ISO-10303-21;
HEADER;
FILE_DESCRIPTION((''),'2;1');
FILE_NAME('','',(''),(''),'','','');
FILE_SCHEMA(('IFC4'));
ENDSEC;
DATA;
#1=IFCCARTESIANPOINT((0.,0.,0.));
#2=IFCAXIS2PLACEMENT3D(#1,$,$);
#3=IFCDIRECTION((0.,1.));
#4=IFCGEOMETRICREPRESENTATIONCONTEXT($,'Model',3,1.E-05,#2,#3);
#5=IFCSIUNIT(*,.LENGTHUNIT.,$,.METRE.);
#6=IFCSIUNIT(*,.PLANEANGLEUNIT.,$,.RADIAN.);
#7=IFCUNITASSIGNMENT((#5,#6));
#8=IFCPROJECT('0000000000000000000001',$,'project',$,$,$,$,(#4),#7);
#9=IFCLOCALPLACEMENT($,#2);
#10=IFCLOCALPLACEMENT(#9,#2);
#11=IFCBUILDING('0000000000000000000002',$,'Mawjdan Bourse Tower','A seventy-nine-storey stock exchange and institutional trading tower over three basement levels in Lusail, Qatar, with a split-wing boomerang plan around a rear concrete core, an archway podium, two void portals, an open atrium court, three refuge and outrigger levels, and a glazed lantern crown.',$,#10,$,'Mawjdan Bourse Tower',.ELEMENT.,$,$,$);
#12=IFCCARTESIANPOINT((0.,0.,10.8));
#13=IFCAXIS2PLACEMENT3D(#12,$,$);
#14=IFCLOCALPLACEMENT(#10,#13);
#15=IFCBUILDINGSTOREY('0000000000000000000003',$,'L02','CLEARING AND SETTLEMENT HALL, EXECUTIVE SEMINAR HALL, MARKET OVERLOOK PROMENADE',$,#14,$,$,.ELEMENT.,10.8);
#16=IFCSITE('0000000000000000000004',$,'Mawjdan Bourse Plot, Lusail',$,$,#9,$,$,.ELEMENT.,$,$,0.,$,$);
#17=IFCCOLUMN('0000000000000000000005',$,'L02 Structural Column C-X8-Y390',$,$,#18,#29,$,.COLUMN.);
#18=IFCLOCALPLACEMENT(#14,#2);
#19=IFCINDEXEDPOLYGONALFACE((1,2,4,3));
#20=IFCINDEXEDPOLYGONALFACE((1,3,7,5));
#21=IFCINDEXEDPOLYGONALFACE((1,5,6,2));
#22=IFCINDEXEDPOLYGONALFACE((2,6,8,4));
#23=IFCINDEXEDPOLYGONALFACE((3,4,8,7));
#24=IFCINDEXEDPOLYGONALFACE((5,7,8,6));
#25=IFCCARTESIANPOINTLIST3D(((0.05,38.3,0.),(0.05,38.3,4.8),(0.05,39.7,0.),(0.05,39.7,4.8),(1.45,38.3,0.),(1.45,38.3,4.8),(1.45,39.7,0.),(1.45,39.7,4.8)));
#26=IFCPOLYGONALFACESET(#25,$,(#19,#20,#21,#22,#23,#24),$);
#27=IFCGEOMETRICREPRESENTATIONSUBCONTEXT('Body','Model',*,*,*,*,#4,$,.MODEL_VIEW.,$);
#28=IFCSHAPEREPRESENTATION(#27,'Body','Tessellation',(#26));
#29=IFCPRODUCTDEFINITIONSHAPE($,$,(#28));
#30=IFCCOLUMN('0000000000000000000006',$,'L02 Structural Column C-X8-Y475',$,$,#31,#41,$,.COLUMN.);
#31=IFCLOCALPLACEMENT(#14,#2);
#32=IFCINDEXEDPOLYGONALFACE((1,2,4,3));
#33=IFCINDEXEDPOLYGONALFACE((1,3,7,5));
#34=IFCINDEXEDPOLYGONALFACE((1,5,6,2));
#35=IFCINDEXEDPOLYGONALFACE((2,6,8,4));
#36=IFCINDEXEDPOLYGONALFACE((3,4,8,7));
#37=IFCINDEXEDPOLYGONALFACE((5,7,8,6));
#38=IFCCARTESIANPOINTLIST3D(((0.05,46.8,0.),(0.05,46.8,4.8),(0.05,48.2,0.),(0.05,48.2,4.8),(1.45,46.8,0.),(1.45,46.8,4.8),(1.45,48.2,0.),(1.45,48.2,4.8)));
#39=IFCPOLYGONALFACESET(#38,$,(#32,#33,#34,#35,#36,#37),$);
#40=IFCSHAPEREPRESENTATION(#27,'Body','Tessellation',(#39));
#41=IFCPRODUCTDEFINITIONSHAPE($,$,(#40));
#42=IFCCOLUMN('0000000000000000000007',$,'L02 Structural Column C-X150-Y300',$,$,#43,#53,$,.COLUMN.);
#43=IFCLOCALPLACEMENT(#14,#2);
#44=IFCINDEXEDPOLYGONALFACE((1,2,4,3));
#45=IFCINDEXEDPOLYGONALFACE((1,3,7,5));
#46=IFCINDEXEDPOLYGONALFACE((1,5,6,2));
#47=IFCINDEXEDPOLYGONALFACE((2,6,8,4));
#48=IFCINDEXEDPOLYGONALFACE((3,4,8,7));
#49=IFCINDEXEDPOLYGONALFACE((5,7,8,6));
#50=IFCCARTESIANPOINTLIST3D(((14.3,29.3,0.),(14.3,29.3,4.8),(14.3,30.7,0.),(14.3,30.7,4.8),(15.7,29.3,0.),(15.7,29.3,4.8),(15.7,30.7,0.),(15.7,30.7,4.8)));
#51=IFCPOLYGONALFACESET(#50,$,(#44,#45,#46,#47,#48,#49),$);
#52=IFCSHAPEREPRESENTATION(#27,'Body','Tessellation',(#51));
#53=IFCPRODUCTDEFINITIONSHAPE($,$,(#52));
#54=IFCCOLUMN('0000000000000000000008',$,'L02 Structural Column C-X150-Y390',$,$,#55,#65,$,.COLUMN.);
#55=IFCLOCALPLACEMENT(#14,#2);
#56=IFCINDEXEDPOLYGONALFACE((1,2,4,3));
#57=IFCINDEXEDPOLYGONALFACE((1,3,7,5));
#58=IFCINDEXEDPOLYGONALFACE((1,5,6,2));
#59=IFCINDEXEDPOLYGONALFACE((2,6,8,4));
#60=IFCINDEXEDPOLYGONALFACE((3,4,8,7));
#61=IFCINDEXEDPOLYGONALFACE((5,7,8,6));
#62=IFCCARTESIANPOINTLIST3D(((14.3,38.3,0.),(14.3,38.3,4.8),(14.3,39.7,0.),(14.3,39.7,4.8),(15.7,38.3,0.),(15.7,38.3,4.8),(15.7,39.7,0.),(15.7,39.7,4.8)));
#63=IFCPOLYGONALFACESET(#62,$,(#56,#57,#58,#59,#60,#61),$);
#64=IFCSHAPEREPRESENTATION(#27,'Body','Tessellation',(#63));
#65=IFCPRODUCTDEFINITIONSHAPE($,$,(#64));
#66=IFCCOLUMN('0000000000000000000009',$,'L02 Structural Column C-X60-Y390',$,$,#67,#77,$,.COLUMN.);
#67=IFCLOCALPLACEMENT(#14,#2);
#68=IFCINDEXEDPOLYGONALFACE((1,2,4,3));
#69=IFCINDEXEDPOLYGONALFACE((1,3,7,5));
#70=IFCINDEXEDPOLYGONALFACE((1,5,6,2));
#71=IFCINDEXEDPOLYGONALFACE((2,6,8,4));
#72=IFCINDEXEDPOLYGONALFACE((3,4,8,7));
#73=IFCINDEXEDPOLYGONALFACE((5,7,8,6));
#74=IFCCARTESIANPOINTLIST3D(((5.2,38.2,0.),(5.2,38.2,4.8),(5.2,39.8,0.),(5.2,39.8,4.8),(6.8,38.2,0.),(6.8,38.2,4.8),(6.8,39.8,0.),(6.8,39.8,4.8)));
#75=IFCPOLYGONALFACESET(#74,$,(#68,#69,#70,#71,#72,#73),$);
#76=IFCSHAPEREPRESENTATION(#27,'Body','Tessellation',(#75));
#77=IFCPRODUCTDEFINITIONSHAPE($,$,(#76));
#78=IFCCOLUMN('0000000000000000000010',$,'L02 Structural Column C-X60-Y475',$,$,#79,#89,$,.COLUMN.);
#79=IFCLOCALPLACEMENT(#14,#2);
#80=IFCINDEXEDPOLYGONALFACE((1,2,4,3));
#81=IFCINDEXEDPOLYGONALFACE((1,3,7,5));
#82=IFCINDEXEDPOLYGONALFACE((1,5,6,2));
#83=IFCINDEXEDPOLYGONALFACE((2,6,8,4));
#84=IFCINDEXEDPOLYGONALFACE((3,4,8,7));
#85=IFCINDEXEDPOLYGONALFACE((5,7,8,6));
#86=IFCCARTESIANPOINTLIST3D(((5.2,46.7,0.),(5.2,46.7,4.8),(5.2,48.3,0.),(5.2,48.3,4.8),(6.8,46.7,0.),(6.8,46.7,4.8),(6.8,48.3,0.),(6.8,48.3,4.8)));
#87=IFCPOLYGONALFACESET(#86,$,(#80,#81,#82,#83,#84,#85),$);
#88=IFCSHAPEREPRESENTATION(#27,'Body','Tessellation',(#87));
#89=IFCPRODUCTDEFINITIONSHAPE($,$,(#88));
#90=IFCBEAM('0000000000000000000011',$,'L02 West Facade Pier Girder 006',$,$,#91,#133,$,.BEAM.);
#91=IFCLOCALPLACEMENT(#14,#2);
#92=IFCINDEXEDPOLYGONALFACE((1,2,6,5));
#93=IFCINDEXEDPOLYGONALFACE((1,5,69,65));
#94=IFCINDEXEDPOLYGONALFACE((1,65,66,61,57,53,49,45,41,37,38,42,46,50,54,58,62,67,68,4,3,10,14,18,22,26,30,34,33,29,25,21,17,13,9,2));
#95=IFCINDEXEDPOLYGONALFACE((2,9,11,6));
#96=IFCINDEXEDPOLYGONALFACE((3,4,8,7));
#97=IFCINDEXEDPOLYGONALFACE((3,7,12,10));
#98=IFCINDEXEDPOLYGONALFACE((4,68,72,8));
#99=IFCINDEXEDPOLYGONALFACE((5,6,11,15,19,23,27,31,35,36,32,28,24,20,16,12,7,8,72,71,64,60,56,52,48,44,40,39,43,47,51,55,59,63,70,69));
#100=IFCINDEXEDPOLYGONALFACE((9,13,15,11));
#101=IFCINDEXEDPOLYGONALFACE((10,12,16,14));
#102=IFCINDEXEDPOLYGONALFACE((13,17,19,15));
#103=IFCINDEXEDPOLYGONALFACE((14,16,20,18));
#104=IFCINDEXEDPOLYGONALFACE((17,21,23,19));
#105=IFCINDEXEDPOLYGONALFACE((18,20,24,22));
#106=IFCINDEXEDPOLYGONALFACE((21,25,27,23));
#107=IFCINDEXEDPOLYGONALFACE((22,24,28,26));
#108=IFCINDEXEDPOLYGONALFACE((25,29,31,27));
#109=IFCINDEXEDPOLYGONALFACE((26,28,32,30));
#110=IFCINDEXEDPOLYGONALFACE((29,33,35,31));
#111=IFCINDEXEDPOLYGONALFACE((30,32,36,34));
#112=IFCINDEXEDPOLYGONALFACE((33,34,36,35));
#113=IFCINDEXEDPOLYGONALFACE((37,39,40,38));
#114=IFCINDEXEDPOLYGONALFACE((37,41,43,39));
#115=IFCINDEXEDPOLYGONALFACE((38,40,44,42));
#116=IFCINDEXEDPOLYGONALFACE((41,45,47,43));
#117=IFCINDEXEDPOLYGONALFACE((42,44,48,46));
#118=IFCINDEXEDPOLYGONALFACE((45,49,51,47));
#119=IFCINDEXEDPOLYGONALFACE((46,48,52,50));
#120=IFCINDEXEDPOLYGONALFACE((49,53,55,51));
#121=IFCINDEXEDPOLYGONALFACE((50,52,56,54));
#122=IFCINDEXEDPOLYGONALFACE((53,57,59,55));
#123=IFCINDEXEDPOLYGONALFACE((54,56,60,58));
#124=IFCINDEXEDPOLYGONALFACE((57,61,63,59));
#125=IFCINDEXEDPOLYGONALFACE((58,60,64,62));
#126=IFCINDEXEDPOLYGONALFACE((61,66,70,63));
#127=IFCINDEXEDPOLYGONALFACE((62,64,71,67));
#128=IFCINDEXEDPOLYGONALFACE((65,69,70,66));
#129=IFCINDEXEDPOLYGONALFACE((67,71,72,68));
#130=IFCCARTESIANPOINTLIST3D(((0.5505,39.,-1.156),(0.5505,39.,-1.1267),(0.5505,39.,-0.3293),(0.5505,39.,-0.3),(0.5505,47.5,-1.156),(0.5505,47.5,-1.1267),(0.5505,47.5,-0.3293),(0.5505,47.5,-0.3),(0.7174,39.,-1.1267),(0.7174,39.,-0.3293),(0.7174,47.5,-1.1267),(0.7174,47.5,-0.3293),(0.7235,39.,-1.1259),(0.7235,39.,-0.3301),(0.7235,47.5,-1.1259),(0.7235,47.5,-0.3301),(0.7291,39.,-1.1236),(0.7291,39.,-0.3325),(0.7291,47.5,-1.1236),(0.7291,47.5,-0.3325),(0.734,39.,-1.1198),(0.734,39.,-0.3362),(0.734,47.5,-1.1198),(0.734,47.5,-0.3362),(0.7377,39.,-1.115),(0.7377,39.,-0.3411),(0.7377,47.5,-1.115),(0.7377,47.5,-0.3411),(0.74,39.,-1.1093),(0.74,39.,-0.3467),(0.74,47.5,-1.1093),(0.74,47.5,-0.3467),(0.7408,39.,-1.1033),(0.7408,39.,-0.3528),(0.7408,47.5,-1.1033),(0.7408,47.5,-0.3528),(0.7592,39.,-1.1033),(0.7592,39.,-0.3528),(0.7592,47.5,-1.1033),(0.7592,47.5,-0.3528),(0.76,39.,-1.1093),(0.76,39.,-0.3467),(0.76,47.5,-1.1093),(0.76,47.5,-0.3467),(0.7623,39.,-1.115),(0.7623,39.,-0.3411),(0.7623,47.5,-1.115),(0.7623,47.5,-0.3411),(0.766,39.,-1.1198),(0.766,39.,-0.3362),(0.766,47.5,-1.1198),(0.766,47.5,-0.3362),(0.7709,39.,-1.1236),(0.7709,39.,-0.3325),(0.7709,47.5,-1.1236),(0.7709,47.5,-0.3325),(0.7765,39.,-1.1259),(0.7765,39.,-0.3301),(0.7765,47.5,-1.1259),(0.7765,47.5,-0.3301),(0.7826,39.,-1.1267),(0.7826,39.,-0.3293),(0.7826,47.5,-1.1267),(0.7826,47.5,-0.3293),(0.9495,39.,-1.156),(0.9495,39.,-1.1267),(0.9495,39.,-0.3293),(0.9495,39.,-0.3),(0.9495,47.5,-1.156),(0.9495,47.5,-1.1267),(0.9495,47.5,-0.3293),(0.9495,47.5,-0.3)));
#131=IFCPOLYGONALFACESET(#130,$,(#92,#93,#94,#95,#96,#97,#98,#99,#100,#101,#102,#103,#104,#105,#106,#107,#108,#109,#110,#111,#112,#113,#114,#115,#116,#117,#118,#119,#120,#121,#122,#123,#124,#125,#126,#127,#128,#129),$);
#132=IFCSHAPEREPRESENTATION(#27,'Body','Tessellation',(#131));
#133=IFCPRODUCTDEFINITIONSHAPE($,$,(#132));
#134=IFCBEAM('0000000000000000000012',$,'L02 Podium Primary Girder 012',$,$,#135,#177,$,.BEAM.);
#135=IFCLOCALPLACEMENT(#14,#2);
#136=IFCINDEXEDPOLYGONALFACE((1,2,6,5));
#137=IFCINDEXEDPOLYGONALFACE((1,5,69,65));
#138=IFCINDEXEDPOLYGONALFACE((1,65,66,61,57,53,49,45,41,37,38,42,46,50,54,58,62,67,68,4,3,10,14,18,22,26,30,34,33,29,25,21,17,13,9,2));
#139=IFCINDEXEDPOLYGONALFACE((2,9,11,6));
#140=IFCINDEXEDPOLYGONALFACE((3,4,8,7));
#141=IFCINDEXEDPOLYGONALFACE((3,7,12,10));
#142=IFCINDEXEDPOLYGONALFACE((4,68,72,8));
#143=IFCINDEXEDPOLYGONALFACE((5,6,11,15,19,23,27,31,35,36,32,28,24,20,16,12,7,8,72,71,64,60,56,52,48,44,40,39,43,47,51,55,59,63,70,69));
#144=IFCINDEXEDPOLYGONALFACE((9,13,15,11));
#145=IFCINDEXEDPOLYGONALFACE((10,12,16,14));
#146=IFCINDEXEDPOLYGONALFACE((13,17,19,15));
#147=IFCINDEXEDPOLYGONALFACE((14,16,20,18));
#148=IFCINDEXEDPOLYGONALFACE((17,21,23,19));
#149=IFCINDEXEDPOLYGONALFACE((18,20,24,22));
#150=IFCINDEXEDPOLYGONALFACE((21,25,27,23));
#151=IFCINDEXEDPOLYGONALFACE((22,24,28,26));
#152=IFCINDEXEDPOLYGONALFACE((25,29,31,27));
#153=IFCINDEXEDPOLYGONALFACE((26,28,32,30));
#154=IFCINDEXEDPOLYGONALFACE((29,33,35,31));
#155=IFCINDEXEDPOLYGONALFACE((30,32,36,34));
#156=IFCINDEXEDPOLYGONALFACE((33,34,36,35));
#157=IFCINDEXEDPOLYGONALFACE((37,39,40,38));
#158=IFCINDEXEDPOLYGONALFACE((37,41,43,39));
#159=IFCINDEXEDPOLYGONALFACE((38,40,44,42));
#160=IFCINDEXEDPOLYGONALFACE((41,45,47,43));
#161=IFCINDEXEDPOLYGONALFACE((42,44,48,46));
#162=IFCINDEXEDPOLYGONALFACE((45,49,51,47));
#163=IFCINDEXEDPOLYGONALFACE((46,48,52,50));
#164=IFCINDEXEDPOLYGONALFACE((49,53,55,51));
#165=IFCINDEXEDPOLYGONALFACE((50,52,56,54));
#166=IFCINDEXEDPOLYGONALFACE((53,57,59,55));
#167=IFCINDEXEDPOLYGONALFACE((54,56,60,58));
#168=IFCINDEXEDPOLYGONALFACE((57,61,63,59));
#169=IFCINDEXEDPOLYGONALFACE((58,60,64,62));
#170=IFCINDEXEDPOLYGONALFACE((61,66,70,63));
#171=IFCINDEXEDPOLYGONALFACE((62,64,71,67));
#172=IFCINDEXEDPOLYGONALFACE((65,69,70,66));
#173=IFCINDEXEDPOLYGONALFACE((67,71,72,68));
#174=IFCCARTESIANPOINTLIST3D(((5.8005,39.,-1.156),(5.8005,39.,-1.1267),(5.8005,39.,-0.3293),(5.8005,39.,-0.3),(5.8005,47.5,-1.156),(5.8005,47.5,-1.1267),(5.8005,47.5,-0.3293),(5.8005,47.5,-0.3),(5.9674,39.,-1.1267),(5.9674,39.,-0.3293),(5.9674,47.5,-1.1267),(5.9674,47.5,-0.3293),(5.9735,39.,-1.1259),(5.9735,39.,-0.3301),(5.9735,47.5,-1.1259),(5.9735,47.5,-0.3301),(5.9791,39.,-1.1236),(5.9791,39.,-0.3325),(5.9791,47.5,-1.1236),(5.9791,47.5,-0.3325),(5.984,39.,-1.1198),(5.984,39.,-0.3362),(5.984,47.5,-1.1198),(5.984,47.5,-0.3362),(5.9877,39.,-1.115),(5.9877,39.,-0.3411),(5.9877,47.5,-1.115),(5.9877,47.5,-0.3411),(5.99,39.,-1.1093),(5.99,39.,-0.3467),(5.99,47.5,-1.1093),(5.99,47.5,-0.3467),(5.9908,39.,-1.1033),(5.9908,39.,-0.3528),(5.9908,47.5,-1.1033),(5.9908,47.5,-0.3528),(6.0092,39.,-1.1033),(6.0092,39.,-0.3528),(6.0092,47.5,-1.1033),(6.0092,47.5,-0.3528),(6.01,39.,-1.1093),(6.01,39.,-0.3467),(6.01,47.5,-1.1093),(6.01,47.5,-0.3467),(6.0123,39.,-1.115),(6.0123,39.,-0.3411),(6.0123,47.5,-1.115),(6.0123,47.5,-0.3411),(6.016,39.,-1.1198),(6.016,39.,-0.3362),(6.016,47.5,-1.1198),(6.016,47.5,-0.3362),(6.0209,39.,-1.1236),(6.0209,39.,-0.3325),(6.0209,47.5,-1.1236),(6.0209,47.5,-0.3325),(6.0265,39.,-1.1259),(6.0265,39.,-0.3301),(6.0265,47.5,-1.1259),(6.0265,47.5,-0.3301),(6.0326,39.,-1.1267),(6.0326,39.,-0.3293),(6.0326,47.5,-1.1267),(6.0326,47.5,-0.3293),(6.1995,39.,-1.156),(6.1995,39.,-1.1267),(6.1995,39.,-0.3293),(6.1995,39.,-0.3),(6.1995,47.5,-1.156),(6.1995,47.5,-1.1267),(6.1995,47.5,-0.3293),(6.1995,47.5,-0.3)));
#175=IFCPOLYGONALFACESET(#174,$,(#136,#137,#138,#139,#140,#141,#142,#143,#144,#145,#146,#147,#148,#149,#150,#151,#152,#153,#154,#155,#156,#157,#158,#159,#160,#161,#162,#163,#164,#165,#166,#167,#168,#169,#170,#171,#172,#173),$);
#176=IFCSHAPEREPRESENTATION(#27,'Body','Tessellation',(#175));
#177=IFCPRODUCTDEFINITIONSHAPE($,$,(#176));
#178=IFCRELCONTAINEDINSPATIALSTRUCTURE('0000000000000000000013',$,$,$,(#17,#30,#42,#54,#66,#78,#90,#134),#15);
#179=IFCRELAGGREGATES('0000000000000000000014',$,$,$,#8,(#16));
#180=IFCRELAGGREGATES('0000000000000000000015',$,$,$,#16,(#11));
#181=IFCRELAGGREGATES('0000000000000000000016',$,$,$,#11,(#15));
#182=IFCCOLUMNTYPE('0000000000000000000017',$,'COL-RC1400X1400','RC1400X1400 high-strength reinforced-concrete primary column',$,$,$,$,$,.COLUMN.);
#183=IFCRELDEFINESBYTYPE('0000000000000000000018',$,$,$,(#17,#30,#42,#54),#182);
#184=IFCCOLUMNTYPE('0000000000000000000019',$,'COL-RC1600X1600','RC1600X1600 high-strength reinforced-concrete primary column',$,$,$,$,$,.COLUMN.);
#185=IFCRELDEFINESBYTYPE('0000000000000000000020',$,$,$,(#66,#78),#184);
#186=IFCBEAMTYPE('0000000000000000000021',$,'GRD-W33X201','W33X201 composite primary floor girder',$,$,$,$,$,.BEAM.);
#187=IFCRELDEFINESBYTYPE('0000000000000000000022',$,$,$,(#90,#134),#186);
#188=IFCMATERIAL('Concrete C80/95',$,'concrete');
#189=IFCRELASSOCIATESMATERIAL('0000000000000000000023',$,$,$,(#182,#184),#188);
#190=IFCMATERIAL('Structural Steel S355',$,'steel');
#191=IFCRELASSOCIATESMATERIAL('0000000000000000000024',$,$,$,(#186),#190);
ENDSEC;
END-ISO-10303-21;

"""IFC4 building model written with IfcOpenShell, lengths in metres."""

from ifc_helpers import new_model, si_unit, direction, frame, origin, origin_2d, place, context, subcontext, project, spatial, rectangle, i_section, extrude, material, material_profile, profile_set, type_object, element, save


model = new_model("IFC4")

# Units and contexts
model_context = context("Model", 3, precision=1e-05, world=origin(), true_north=direction((0.0, 1.0)))
body_context = subcontext(model_context, "Body", "Model", "MODEL_VIEW")
ifc_project = project(units=[si_unit("LENGTHUNIT", "METRE"), si_unit("PLANEANGLEUNIT", "RADIAN")], contexts=[model_context])

# Site, building, storey
site_placement = place(None, origin())
site = spatial("IfcSite", under=ifc_project, at=site_placement, Name="Mawjdan Bourse Plot, Lusail", CompositionType="ELEMENT", RefElevation=0.0)
building_placement = place(site_placement, origin())
building = spatial("IfcBuilding", under=site, at=building_placement, Name="Mawjdan Bourse Tower", Description="A seventy-nine-storey stock exchange and institutional trading tower over three basement levels in Lusail, Qatar, with a split-wing boomerang plan around a rear concrete core, an archway podium, two void portals, an open atrium court, three refuge and outrigger levels, and a glazed lantern crown.", LongName="Mawjdan Bourse Tower", CompositionType="ELEMENT")
storey_placement = place(building_placement, frame((0.0, 0.0, 10.8)))
storey = spatial("IfcBuildingStorey", under=building, at=storey_placement, Name="L02", Description="CLEARING AND SETTLEMENT HALL, EXECUTIVE SEMINAR HALL, MARKET OVERLOOK PROMENADE", CompositionType="ELEMENT", Elevation=10.8)

# Columns
ifc_material_1 = material(Name="Concrete C80/95", Category="concrete")
ifc_material_profile_1 = material_profile(ifc_material_1, rectangle(XDim=1.3999, YDim=1.3999, at=origin_2d()), Name="RC1400X1400")
ifc_profile_set_1 = profile_set([ifc_material_profile_1], Name="Concrete C80/95")
column_type_1 = type_object("IfcColumnType", Name="COL-RC1400X1400", Description="RC1400X1400 high-strength reinforced-concrete primary column", PredefinedType="COLUMN", material=ifc_profile_set_1)
for number, where, z_axis, x_axis, name in (
    (1, (0.75, 39.0, 0.0), (0.0, 0.0, 1.0), (1.0, 0.0, 0.0), "L02 Structural Column C-X8-Y390"),
    (2, (0.75, 47.5, 0.0), (0.0, 0.0, 1.0), (1.0, 0.0, 0.0), "L02 Structural Column C-X8-Y475"),
    (3, (15.0, 30.0, 0.0), (0.0, 0.0, 1.0), (1.0, 0.0, 0.0), "L02 Structural Column C-X150-Y300"),
    (4, (15.0, 39.0, 0.0), (0.0, 0.0, 1.0), (1.0, 0.0, 0.0), "L02 Structural Column C-X150-Y390"),
):
    element("IfcColumn", number, at=place(storey_placement, frame(where, z_axis=z_axis, x_axis=x_axis)), inside=storey, type_object=column_type_1, Name=name, PredefinedType="COLUMN", context=body_context, shape_type="SweptSolid", body=[
        extrude(rectangle(XDim=1.3999, YDim=1.3999, at=origin_2d()), origin(), (0.0, 0.0, 1.0), 4.8),
    ])
ifc_material_profile_2 = material_profile(ifc_material_1, rectangle(XDim=1.6001, YDim=1.6001, at=origin_2d()), Name="RC1600X1600")
ifc_profile_set_2 = profile_set([ifc_material_profile_2], Name="Concrete C80/95")
column_type_2 = type_object("IfcColumnType", Name="COL-RC1600X1600", Description="RC1600X1600 high-strength reinforced-concrete primary column", PredefinedType="COLUMN", material=ifc_profile_set_2)
for number, where, z_axis, x_axis, name in (
    (5, (6.0, 39.0, 0.0), (0.0, 0.0, 1.0), (1.0, 0.0, 0.0), "L02 Structural Column C-X60-Y390"),
    (6, (6.0, 47.5, 0.0), (0.0, 0.0, 1.0), (1.0, 0.0, 0.0), "L02 Structural Column C-X60-Y475"),
):
    element("IfcColumn", number, at=place(storey_placement, frame(where, z_axis=z_axis, x_axis=x_axis)), inside=storey, type_object=column_type_2, Name=name, PredefinedType="COLUMN", context=body_context, shape_type="SweptSolid", body=[
        extrude(rectangle(XDim=1.6001, YDim=1.6001, at=origin_2d()), origin(), (0.0, 0.0, 1.0), 4.8),
    ])

# Beams
ifc_material_2 = material(Name="Structural Steel S355", Category="steel")
ifc_material_profile_3 = material_profile(ifc_material_2, i_section(OverallWidth=0.3989, OverallDepth=0.856, WebThickness=0.0183, FlangeThickness=0.0293, FilletRadius=0.0234, at=origin_2d()), Name="W33X201")
ifc_profile_set_3 = profile_set([ifc_material_profile_3], Name="Structural Steel S355")
beam_type_1 = type_object("IfcBeamType", Name="GRD-W33X201", Description="W33X201 composite primary floor girder", PredefinedType="BEAM", material=ifc_profile_set_3)
for number, where, z_axis, x_axis, name in (
    (7, (0.75, 39.0, -0.728), (0.0, 1.0, 0.0), (-1.0, 0.0, 0.0), "L02 West Facade Pier Girder 006"),
    (8, (6.0, 39.0, -0.728), (0.0, 1.0, 0.0), (-1.0, 0.0, 0.0), "L02 Podium Primary Girder 012"),
):
    element("IfcBeam", number, at=place(storey_placement, frame(where, z_axis=z_axis, x_axis=x_axis)), inside=storey, type_object=beam_type_1, Name=name, PredefinedType="BEAM", context=body_context, shape_type="SweptSolid", body=[
        extrude(i_section(OverallWidth=0.3989, OverallDepth=0.856, WebThickness=0.0183, FlangeThickness=0.0293, FilletRadius=0.0234, at=origin_2d()), origin(), (0.0, 0.0, 1.0), 8.5),
    ])

save(model, "model.ifc")
